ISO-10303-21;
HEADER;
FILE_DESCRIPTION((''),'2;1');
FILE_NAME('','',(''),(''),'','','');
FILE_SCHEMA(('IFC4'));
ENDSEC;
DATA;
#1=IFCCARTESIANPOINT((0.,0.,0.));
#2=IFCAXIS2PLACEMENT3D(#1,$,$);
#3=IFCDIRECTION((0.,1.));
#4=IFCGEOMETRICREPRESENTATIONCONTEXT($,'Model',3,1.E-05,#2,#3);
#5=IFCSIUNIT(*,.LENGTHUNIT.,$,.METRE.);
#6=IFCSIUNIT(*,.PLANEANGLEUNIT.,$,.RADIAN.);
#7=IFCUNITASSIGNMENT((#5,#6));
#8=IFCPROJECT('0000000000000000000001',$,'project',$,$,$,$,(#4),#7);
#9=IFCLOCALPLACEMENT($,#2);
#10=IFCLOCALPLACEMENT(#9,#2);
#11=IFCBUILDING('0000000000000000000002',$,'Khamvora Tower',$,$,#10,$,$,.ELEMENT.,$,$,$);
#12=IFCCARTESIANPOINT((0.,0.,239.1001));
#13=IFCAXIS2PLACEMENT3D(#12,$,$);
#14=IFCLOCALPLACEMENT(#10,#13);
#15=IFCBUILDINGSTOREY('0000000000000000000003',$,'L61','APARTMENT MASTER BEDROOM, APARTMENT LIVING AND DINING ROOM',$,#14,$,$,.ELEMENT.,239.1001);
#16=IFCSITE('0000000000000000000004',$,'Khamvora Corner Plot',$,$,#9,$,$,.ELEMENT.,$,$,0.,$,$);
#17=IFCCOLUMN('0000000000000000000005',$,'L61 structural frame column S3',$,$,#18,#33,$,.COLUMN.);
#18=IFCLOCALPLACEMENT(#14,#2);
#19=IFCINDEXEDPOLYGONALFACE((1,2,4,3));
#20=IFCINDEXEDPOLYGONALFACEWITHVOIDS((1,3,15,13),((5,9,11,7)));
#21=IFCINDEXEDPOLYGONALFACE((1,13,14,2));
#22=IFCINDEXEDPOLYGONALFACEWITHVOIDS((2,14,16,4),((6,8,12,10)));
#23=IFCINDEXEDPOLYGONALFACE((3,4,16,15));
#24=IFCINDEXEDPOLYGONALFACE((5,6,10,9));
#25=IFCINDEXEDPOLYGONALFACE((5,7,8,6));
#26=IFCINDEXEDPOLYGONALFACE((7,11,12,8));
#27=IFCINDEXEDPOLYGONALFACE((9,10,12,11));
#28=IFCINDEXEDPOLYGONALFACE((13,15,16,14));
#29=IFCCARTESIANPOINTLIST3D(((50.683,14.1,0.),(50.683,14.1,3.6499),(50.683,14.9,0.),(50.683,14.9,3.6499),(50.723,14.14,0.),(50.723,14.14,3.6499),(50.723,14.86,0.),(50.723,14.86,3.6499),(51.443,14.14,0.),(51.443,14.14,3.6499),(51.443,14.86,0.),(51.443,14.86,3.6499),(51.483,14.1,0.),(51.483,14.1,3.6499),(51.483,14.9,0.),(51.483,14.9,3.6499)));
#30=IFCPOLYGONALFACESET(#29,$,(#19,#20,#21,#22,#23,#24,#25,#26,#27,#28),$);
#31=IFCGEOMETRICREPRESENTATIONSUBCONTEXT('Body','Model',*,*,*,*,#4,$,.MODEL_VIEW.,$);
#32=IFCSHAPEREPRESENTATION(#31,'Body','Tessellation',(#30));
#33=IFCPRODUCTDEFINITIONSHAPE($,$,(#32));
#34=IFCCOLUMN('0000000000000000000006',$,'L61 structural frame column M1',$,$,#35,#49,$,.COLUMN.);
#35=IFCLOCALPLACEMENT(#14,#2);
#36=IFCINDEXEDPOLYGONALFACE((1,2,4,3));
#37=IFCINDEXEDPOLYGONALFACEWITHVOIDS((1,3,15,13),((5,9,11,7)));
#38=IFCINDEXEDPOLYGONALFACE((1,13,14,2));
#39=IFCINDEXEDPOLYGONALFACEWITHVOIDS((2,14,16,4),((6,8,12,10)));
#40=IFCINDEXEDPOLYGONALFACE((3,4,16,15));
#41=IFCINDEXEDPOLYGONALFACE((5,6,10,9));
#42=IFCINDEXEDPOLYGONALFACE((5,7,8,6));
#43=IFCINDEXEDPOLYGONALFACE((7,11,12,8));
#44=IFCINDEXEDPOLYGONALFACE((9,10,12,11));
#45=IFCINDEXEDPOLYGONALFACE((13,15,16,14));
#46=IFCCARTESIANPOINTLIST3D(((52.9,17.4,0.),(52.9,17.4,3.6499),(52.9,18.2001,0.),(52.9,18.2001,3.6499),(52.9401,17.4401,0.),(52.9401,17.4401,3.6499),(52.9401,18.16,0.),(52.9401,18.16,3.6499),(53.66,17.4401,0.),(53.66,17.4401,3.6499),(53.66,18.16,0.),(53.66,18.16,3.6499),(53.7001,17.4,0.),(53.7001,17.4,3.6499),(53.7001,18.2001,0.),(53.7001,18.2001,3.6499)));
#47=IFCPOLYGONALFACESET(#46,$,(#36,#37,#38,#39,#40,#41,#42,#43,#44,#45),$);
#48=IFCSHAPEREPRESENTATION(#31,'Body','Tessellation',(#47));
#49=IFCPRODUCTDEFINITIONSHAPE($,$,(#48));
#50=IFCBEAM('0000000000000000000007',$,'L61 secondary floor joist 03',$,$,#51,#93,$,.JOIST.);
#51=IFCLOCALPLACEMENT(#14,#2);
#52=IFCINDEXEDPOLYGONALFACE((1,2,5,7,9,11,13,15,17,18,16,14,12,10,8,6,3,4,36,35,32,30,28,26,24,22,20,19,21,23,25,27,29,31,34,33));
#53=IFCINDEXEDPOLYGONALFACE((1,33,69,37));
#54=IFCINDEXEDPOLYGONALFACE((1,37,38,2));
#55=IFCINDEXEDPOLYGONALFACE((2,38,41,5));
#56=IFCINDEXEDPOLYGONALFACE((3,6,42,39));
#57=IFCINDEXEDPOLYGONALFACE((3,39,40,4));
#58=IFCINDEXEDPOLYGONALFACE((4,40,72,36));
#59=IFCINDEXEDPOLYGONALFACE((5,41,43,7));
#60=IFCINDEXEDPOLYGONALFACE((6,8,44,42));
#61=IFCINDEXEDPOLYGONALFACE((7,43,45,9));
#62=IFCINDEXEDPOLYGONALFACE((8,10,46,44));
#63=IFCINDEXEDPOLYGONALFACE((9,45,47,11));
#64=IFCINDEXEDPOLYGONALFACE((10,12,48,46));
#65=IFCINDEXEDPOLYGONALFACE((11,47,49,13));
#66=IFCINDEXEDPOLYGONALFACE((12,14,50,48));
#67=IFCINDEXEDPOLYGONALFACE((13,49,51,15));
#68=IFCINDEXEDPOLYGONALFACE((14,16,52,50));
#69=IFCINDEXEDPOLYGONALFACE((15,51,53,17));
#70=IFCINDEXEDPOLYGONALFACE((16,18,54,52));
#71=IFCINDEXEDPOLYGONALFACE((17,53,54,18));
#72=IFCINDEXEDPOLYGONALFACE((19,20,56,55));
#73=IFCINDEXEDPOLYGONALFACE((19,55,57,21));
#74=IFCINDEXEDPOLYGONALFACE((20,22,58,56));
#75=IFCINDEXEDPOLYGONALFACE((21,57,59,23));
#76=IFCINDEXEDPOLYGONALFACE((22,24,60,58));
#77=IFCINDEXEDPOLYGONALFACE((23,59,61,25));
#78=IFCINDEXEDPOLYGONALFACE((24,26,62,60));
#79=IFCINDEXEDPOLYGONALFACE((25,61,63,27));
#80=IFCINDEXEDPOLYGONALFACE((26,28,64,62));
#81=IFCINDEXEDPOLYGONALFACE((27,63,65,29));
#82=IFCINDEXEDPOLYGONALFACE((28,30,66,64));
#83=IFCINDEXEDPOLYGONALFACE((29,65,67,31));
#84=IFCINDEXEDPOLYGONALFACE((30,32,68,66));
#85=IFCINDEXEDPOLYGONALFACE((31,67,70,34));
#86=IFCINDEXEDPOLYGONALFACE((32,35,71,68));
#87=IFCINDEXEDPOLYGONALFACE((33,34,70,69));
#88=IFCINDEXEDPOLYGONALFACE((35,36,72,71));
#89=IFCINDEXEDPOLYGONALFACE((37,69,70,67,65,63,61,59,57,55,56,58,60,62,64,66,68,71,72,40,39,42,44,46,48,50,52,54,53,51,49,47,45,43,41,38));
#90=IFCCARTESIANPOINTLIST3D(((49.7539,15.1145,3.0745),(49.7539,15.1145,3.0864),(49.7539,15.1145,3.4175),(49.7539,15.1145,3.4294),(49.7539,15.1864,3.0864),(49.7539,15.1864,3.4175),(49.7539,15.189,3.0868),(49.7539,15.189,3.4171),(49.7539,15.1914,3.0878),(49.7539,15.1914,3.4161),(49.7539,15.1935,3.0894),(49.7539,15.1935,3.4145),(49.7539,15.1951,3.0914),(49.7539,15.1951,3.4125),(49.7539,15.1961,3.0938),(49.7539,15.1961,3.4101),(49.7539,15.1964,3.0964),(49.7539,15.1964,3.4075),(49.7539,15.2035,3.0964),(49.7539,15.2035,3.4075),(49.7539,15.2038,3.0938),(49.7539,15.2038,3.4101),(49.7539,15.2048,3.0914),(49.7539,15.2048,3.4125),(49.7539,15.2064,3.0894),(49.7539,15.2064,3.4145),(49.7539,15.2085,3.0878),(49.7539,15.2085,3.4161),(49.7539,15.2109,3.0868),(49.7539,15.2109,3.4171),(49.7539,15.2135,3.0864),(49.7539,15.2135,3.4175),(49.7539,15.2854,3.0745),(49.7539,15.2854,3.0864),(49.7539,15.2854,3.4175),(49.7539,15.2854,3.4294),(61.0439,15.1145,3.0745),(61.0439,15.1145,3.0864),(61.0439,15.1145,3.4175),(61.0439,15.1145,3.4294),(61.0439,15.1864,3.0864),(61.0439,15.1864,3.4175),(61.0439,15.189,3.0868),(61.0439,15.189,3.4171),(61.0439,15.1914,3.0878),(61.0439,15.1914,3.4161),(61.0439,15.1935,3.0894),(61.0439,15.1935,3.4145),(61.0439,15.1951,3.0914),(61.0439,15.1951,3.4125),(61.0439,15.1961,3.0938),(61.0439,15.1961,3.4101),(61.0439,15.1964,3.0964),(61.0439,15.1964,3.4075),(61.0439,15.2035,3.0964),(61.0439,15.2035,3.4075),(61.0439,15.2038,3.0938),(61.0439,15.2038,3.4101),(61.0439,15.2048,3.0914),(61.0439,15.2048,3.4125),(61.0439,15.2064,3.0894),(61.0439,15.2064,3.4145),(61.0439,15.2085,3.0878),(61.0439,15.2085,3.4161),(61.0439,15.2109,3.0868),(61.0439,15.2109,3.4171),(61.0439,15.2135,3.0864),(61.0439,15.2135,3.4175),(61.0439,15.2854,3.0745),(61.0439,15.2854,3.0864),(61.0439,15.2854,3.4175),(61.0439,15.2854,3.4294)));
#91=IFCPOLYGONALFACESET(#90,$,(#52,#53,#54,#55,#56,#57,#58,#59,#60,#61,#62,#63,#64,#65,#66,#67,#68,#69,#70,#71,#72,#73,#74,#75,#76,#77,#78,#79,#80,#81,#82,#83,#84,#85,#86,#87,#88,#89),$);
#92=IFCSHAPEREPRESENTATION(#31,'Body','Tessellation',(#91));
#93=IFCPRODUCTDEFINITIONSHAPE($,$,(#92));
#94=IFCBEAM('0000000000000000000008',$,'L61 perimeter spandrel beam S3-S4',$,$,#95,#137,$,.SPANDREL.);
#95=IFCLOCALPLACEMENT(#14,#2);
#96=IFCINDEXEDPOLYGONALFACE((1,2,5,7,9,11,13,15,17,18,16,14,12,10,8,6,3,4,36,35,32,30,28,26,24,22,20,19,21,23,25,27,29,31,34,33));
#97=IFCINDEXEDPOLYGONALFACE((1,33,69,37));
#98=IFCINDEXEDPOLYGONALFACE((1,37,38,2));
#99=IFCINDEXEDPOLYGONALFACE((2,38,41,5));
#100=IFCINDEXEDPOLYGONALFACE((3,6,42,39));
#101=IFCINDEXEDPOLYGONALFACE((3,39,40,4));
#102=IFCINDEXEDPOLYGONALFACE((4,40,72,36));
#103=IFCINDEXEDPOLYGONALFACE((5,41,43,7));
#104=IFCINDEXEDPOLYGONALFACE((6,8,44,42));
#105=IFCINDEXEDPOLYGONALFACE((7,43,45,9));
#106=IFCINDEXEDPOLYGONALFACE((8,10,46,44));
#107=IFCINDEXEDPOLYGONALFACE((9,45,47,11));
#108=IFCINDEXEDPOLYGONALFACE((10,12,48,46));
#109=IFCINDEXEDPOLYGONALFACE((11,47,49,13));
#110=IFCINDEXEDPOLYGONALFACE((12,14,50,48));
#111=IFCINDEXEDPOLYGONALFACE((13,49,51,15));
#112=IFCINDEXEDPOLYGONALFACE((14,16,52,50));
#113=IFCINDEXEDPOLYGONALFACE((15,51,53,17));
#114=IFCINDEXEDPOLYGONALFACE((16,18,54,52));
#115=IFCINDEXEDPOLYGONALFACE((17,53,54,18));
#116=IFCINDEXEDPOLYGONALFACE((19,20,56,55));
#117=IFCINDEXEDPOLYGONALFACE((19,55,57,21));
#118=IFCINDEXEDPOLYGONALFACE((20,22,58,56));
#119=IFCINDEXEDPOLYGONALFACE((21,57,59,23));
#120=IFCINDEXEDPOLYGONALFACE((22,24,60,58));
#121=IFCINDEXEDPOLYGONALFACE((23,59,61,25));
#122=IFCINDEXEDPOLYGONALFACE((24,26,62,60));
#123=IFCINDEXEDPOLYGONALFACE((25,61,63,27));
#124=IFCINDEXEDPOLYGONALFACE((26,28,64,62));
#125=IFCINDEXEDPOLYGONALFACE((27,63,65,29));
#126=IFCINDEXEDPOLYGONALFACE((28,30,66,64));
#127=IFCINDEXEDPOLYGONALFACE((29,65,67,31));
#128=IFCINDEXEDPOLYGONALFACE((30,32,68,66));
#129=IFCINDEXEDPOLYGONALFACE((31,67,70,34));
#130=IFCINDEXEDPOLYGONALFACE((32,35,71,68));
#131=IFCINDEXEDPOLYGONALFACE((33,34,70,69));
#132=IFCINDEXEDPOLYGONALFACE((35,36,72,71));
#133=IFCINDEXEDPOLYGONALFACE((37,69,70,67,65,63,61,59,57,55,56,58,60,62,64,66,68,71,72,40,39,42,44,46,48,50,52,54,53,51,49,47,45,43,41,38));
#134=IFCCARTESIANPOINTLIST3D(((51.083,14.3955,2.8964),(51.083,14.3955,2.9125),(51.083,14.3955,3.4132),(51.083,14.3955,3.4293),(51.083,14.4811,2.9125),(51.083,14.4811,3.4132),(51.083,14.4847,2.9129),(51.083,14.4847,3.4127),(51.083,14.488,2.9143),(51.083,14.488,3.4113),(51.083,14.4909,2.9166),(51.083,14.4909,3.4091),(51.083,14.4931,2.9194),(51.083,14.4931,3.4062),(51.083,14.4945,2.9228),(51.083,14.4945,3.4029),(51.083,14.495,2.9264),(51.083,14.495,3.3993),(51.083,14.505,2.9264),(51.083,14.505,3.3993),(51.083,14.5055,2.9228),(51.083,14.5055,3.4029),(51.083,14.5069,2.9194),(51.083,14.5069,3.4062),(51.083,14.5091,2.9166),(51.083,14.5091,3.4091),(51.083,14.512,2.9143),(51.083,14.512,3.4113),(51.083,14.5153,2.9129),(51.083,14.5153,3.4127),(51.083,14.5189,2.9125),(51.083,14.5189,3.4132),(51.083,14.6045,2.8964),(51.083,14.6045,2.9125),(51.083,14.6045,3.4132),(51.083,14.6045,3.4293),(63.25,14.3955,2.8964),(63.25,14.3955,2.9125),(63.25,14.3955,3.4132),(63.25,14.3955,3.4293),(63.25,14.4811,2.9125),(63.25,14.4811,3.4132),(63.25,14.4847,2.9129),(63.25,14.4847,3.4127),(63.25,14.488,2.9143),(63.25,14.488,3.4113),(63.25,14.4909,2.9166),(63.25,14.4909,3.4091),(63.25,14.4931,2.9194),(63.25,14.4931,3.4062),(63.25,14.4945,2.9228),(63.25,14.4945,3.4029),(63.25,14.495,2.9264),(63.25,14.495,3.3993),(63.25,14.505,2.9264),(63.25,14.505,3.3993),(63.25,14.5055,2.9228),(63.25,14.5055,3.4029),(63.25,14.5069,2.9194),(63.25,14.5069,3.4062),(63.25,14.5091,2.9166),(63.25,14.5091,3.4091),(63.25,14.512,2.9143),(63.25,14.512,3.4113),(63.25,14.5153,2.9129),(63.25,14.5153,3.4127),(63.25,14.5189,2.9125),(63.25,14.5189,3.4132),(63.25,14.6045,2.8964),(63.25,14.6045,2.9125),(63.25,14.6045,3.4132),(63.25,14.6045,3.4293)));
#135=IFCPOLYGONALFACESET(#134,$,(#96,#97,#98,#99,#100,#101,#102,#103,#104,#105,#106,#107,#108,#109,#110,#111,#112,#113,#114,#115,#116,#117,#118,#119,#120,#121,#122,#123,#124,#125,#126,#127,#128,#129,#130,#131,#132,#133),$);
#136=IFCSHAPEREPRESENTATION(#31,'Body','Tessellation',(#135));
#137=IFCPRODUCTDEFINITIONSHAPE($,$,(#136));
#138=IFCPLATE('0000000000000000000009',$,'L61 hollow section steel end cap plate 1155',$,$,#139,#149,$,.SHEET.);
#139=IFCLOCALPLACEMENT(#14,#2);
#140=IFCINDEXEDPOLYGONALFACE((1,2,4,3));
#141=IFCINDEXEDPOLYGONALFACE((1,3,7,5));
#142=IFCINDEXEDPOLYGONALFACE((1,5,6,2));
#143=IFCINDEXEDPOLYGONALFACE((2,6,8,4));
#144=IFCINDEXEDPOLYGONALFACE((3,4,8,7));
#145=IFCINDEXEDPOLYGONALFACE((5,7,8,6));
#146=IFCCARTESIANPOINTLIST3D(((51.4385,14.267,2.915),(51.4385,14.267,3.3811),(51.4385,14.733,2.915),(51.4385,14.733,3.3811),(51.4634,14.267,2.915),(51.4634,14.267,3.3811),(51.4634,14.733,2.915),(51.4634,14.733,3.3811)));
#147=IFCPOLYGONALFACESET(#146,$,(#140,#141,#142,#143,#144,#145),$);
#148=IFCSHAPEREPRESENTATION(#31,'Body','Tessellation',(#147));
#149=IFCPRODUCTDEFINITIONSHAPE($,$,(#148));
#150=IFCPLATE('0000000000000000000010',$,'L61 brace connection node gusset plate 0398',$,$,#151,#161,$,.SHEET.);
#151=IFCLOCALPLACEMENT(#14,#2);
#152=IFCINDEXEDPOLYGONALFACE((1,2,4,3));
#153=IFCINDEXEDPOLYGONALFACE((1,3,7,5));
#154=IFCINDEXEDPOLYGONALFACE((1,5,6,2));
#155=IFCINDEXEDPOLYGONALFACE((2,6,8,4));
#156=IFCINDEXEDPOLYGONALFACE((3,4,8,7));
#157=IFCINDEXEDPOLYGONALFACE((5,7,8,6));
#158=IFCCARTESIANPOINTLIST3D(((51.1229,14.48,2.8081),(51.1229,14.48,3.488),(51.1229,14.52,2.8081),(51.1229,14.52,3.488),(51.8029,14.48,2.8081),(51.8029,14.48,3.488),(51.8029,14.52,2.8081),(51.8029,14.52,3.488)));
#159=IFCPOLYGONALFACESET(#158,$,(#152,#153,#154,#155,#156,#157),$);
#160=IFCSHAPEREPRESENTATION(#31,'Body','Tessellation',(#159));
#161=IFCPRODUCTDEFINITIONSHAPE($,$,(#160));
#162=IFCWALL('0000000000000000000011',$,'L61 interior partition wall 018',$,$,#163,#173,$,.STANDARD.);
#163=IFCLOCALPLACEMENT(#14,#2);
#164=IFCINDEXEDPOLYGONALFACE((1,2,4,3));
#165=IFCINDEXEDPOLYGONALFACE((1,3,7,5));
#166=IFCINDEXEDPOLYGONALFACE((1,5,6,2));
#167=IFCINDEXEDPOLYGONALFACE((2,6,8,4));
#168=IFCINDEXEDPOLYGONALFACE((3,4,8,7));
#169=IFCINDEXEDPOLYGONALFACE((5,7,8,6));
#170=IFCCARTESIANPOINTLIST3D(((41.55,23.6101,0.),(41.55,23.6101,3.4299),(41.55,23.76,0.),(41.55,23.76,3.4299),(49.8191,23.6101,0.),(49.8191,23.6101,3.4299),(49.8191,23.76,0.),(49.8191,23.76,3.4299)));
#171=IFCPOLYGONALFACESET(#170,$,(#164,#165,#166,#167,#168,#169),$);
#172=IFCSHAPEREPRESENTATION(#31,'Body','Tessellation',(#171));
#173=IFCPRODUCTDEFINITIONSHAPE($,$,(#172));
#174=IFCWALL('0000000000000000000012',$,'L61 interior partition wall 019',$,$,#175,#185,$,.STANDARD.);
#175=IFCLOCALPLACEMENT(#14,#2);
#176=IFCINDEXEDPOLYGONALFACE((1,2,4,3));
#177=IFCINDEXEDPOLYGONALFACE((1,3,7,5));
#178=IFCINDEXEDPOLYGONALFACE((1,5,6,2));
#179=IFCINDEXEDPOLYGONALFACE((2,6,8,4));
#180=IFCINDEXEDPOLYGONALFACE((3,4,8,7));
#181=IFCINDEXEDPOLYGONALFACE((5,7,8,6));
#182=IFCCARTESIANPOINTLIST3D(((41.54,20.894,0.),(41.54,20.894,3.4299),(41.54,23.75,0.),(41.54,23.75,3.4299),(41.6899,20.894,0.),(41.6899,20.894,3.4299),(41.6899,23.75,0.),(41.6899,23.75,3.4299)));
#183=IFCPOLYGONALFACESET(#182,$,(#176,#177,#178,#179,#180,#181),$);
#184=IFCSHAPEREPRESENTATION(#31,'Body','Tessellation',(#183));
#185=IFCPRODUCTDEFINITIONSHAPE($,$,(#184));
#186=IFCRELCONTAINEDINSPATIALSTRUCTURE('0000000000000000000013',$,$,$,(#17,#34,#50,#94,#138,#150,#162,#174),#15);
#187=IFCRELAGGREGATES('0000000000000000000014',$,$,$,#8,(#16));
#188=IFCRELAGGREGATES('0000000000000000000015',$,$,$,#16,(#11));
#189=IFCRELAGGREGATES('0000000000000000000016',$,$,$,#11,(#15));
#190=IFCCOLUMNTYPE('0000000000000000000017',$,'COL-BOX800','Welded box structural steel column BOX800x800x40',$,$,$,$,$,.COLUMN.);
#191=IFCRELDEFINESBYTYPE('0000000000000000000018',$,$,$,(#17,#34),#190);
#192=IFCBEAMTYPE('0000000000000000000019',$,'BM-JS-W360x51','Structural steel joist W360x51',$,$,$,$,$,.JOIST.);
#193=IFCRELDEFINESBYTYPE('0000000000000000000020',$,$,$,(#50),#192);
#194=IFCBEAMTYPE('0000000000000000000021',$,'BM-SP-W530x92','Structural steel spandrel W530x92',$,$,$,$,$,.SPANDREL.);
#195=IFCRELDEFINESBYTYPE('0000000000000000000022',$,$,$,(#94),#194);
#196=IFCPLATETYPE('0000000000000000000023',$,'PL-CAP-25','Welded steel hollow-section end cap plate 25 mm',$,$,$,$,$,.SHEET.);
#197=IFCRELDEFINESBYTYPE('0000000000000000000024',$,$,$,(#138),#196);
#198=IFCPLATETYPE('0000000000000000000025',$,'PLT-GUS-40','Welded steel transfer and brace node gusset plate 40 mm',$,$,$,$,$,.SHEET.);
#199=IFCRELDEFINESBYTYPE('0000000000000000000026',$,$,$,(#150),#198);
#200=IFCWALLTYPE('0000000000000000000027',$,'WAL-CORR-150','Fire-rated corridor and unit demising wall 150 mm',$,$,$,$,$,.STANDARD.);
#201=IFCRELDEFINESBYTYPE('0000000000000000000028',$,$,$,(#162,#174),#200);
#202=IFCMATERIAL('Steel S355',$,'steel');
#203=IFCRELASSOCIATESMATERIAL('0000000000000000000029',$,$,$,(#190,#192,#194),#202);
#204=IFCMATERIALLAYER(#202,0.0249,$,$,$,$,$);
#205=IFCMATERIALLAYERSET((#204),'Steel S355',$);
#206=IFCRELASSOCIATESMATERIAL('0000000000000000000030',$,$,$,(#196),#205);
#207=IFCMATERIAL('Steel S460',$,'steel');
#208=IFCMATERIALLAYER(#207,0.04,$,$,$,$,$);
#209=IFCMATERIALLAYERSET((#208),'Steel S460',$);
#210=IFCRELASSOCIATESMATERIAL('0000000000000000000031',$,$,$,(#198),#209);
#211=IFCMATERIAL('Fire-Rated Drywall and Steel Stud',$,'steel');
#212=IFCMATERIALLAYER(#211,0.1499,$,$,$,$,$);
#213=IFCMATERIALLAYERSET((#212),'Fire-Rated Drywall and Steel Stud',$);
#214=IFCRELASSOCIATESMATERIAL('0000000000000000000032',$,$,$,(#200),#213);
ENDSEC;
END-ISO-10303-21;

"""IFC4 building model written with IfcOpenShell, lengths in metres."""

from ifc_helpers import new_model, si_unit, direction, frame, frame_2d, origin, origin_2d, place, context, subcontext, project, spatial, rectangle, hollow_rectangle, i_section, extrude, material, layer, layer_set, material_profile, profile_set, type_object, element, save


model = new_model("IFC4")

# Units and contexts
model_context = context("Model", 3, precision=1e-05, world=origin(), true_north=direction((0.0, 1.0)))
body_context = subcontext(model_context, "Body", "Model", "MODEL_VIEW")
ifc_project = project(units=[si_unit("LENGTHUNIT", "METRE"), si_unit("PLANEANGLEUNIT", "RADIAN")], contexts=[model_context])

# Site, building, storey
site_placement = place(None, origin())
site = spatial("IfcSite", under=ifc_project, at=site_placement, Name="Khamvora Corner Plot", CompositionType="ELEMENT", RefElevation=0.0)
building_placement = place(site_placement, origin())
building = spatial("IfcBuilding", under=site, at=building_placement, Name="Khamvora Tower", CompositionType="ELEMENT")
storey_placement = place(building_placement, frame((0.0, 0.0, 239.1001)))
storey = spatial("IfcBuildingStorey", under=building, at=storey_placement, Name="L61", Description="APARTMENT MASTER BEDROOM, APARTMENT LIVING AND DINING ROOM", CompositionType="ELEMENT", Elevation=239.1001)

# Columns
ifc_material_1 = material(Name="Steel S355", Category="steel")
ifc_material_profile_1 = material_profile(ifc_material_1, hollow_rectangle(XDim=0.8, YDim=0.8, WallThickness=0.04, at=origin_2d()), Name="BOX800x800x40")
ifc_profile_set_1 = profile_set([ifc_material_profile_1], Name="Steel S355")
column_type = type_object("IfcColumnType", Name="COL-BOX800", Description="Welded box structural steel column BOX800x800x40", PredefinedType="COLUMN", material=ifc_profile_set_1)
for number, where, z_axis, x_axis, name in (
    (1, (51.083, 14.5, 0.0), (0.0, 0.0, 1.0), (1.0, 0.0, 0.0), "L61 structural frame column S3"),
    (2, (53.3, 17.8, 0.0), (0.0, 0.0, 1.0), (1.0, 0.0, 0.0), "L61 structural frame column M1"),
):
    element("IfcColumn", number, at=place(storey_placement, frame(where, z_axis=z_axis, x_axis=x_axis)), inside=storey, type_object=column_type, Name=name, PredefinedType="COLUMN", context=body_context, shape_type="SweptSolid", body=[
        extrude(hollow_rectangle(XDim=0.8, YDim=0.8, WallThickness=0.04, at=origin_2d()), origin(), (0.0, 0.0, 1.0), 3.6499),
    ])

# Beams
ifc_material_profile_2 = material_profile(ifc_material_1, i_section(OverallWidth=0.1709, OverallDepth=0.355, WebThickness=0.0071, FlangeThickness=0.012, FilletRadius=0.01, at=origin_2d()), Name="W360x51")
ifc_profile_set_2 = profile_set([ifc_material_profile_2], Name="Steel S355")
beam_type_1 = type_object("IfcBeamType", Name="BM-JS-W360x51", Description="Structural steel joist W360x51", PredefinedType="JOIST", material=ifc_profile_set_2)
beam_1_placement = place(storey_placement, frame((49.7539, 15.2, 3.252), z_axis=(1.0, 0.0, 0.0), x_axis=(0.0, 1.0, 0.0)))
element("IfcBeam", 3, at=beam_1_placement, inside=storey, type_object=beam_type_1, Name="L61 secondary floor joist 03", PredefinedType="JOIST", context=body_context, shape_type="SweptSolid", body=[
    extrude(i_section(OverallWidth=0.1709, OverallDepth=0.355, WebThickness=0.0071, FlangeThickness=0.012, FilletRadius=0.01, at=origin_2d()), origin(), (0.0, 0.0, 1.0), 11.29),
])
ifc_material_profile_3 = material_profile(ifc_material_1, i_section(OverallWidth=0.209, OverallDepth=0.533, WebThickness=0.01, FlangeThickness=0.0161, FilletRadius=0.0139, at=origin_2d()), Name="W530x92")
ifc_profile_set_3 = profile_set([ifc_material_profile_3], Name="Steel S355")
beam_type_2 = type_object("IfcBeamType", Name="BM-SP-W530x92", Description="Structural steel spandrel W530x92", PredefinedType="SPANDREL", material=ifc_profile_set_3)
beam_2_placement = place(storey_placement, frame((51.083, 14.5, 3.1628), z_axis=(1.0, 0.0, 0.0), x_axis=(0.0, 1.0, 0.0)))
element("IfcBeam", 4, at=beam_2_placement, inside=storey, type_object=beam_type_2, Name="L61 perimeter spandrel beam S3-S4", PredefinedType="SPANDREL", context=body_context, shape_type="SweptSolid", body=[
    extrude(i_section(OverallWidth=0.209, OverallDepth=0.533, WebThickness=0.01, FlangeThickness=0.0161, FilletRadius=0.0139, at=origin_2d()), origin(), (0.0, 0.0, 1.0), 12.167),
])

# Plates
ifc_layer_1 = layer(ifc_material_1, 0.0249)
ifc_layer_set_1 = layer_set([ifc_layer_1], Name="Steel S355")
plate_type_1 = type_object("IfcPlateType", Name="PL-CAP-25", Description="Welded steel hollow-section end cap plate 25 mm", PredefinedType="SHEET", material=ifc_layer_set_1)
plate_1_placement = place(storey_placement, frame((51.4509, 14.5, 2.915), z_axis=(0.0, 0.0, 1.0), x_axis=(-1.0, 0.0, 0.0)))
element("IfcPlate", 5, at=plate_1_placement, inside=storey, type_object=plate_type_1, Name="L61 hollow section steel end cap plate 1155", PredefinedType="SHEET", context=body_context, shape_type="SweptSolid", body=[
    extrude(rectangle(XDim=0.0249, YDim=0.4661, at=origin_2d()), origin(), (0.0, 0.0, 1.0), 0.4661),
])
ifc_material_2 = material(Name="Steel S460", Category="steel")
ifc_layer_2 = layer(ifc_material_2, 0.04)
ifc_layer_set_2 = layer_set([ifc_layer_2], Name="Steel S460")
plate_type_2 = type_object("IfcPlateType", Name="PLT-GUS-40", Description="Welded steel transfer and brace node gusset plate 40 mm", PredefinedType="SHEET", material=ifc_layer_set_2)
plate_2_placement = place(storey_placement, frame((51.4629, 14.5, 2.8081), z_axis=(0.0, 0.0, 1.0), x_axis=(1.0, 0.0, 0.0)))
element("IfcPlate", 6, at=plate_2_placement, inside=storey, type_object=plate_type_2, Name="L61 brace connection node gusset plate 0398", PredefinedType="SHEET", context=body_context, shape_type="SweptSolid", body=[
    extrude(rectangle(XDim=0.6799, YDim=0.04, at=origin_2d()), origin(), (0.0, 0.0, 1.0), 0.6799),
])

# Walls
ifc_material_3 = material(Name="Fire-Rated Drywall and Steel Stud", Category="steel")
ifc_layer_3 = layer(ifc_material_3, 0.1499)
ifc_layer_set_3 = layer_set([ifc_layer_3], Name="Fire-Rated Drywall and Steel Stud")
wall_type_1 = type_object("IfcWallType", Name="WAL-CORR-150", Description="Fire-rated corridor and unit demising wall 150 mm", PredefinedType="STANDARD", material=ifc_layer_set_3)
wall_1_placement = place(storey_placement, frame((49.8191, 23.6851, 0.0), z_axis=(0.0, 0.0, 1.0), x_axis=(-1.0, 0.0, 0.0)))
element("IfcWall", 7, at=wall_1_placement, inside=storey, type_object=wall_type_1, Name="L61 interior partition wall 018", PredefinedType="STANDARD", context=body_context, shape_type="SweptSolid", body=[
    extrude(rectangle(XDim=8.269, YDim=0.1499, at=frame_2d((4.1345, 0.0))), origin(), (0.0, 0.0, 1.0), 3.4299),
])
wall_2_placement = place(storey_placement, frame((41.615, 23.75, 0.0), z_axis=(0.0, 0.0, 1.0), x_axis=(0.0, -1.0, 0.0)))
element("IfcWall", 8, at=wall_2_placement, inside=storey, type_object=wall_type_1, Name="L61 interior partition wall 019", PredefinedType="STANDARD", context=body_context, shape_type="SweptSolid", body=[
    extrude(rectangle(XDim=2.856, YDim=0.1499, at=frame_2d((1.428, 0.0))), origin(), (0.0, 0.0, 1.0), 3.4299),
])

save(model, "model.ifc")
